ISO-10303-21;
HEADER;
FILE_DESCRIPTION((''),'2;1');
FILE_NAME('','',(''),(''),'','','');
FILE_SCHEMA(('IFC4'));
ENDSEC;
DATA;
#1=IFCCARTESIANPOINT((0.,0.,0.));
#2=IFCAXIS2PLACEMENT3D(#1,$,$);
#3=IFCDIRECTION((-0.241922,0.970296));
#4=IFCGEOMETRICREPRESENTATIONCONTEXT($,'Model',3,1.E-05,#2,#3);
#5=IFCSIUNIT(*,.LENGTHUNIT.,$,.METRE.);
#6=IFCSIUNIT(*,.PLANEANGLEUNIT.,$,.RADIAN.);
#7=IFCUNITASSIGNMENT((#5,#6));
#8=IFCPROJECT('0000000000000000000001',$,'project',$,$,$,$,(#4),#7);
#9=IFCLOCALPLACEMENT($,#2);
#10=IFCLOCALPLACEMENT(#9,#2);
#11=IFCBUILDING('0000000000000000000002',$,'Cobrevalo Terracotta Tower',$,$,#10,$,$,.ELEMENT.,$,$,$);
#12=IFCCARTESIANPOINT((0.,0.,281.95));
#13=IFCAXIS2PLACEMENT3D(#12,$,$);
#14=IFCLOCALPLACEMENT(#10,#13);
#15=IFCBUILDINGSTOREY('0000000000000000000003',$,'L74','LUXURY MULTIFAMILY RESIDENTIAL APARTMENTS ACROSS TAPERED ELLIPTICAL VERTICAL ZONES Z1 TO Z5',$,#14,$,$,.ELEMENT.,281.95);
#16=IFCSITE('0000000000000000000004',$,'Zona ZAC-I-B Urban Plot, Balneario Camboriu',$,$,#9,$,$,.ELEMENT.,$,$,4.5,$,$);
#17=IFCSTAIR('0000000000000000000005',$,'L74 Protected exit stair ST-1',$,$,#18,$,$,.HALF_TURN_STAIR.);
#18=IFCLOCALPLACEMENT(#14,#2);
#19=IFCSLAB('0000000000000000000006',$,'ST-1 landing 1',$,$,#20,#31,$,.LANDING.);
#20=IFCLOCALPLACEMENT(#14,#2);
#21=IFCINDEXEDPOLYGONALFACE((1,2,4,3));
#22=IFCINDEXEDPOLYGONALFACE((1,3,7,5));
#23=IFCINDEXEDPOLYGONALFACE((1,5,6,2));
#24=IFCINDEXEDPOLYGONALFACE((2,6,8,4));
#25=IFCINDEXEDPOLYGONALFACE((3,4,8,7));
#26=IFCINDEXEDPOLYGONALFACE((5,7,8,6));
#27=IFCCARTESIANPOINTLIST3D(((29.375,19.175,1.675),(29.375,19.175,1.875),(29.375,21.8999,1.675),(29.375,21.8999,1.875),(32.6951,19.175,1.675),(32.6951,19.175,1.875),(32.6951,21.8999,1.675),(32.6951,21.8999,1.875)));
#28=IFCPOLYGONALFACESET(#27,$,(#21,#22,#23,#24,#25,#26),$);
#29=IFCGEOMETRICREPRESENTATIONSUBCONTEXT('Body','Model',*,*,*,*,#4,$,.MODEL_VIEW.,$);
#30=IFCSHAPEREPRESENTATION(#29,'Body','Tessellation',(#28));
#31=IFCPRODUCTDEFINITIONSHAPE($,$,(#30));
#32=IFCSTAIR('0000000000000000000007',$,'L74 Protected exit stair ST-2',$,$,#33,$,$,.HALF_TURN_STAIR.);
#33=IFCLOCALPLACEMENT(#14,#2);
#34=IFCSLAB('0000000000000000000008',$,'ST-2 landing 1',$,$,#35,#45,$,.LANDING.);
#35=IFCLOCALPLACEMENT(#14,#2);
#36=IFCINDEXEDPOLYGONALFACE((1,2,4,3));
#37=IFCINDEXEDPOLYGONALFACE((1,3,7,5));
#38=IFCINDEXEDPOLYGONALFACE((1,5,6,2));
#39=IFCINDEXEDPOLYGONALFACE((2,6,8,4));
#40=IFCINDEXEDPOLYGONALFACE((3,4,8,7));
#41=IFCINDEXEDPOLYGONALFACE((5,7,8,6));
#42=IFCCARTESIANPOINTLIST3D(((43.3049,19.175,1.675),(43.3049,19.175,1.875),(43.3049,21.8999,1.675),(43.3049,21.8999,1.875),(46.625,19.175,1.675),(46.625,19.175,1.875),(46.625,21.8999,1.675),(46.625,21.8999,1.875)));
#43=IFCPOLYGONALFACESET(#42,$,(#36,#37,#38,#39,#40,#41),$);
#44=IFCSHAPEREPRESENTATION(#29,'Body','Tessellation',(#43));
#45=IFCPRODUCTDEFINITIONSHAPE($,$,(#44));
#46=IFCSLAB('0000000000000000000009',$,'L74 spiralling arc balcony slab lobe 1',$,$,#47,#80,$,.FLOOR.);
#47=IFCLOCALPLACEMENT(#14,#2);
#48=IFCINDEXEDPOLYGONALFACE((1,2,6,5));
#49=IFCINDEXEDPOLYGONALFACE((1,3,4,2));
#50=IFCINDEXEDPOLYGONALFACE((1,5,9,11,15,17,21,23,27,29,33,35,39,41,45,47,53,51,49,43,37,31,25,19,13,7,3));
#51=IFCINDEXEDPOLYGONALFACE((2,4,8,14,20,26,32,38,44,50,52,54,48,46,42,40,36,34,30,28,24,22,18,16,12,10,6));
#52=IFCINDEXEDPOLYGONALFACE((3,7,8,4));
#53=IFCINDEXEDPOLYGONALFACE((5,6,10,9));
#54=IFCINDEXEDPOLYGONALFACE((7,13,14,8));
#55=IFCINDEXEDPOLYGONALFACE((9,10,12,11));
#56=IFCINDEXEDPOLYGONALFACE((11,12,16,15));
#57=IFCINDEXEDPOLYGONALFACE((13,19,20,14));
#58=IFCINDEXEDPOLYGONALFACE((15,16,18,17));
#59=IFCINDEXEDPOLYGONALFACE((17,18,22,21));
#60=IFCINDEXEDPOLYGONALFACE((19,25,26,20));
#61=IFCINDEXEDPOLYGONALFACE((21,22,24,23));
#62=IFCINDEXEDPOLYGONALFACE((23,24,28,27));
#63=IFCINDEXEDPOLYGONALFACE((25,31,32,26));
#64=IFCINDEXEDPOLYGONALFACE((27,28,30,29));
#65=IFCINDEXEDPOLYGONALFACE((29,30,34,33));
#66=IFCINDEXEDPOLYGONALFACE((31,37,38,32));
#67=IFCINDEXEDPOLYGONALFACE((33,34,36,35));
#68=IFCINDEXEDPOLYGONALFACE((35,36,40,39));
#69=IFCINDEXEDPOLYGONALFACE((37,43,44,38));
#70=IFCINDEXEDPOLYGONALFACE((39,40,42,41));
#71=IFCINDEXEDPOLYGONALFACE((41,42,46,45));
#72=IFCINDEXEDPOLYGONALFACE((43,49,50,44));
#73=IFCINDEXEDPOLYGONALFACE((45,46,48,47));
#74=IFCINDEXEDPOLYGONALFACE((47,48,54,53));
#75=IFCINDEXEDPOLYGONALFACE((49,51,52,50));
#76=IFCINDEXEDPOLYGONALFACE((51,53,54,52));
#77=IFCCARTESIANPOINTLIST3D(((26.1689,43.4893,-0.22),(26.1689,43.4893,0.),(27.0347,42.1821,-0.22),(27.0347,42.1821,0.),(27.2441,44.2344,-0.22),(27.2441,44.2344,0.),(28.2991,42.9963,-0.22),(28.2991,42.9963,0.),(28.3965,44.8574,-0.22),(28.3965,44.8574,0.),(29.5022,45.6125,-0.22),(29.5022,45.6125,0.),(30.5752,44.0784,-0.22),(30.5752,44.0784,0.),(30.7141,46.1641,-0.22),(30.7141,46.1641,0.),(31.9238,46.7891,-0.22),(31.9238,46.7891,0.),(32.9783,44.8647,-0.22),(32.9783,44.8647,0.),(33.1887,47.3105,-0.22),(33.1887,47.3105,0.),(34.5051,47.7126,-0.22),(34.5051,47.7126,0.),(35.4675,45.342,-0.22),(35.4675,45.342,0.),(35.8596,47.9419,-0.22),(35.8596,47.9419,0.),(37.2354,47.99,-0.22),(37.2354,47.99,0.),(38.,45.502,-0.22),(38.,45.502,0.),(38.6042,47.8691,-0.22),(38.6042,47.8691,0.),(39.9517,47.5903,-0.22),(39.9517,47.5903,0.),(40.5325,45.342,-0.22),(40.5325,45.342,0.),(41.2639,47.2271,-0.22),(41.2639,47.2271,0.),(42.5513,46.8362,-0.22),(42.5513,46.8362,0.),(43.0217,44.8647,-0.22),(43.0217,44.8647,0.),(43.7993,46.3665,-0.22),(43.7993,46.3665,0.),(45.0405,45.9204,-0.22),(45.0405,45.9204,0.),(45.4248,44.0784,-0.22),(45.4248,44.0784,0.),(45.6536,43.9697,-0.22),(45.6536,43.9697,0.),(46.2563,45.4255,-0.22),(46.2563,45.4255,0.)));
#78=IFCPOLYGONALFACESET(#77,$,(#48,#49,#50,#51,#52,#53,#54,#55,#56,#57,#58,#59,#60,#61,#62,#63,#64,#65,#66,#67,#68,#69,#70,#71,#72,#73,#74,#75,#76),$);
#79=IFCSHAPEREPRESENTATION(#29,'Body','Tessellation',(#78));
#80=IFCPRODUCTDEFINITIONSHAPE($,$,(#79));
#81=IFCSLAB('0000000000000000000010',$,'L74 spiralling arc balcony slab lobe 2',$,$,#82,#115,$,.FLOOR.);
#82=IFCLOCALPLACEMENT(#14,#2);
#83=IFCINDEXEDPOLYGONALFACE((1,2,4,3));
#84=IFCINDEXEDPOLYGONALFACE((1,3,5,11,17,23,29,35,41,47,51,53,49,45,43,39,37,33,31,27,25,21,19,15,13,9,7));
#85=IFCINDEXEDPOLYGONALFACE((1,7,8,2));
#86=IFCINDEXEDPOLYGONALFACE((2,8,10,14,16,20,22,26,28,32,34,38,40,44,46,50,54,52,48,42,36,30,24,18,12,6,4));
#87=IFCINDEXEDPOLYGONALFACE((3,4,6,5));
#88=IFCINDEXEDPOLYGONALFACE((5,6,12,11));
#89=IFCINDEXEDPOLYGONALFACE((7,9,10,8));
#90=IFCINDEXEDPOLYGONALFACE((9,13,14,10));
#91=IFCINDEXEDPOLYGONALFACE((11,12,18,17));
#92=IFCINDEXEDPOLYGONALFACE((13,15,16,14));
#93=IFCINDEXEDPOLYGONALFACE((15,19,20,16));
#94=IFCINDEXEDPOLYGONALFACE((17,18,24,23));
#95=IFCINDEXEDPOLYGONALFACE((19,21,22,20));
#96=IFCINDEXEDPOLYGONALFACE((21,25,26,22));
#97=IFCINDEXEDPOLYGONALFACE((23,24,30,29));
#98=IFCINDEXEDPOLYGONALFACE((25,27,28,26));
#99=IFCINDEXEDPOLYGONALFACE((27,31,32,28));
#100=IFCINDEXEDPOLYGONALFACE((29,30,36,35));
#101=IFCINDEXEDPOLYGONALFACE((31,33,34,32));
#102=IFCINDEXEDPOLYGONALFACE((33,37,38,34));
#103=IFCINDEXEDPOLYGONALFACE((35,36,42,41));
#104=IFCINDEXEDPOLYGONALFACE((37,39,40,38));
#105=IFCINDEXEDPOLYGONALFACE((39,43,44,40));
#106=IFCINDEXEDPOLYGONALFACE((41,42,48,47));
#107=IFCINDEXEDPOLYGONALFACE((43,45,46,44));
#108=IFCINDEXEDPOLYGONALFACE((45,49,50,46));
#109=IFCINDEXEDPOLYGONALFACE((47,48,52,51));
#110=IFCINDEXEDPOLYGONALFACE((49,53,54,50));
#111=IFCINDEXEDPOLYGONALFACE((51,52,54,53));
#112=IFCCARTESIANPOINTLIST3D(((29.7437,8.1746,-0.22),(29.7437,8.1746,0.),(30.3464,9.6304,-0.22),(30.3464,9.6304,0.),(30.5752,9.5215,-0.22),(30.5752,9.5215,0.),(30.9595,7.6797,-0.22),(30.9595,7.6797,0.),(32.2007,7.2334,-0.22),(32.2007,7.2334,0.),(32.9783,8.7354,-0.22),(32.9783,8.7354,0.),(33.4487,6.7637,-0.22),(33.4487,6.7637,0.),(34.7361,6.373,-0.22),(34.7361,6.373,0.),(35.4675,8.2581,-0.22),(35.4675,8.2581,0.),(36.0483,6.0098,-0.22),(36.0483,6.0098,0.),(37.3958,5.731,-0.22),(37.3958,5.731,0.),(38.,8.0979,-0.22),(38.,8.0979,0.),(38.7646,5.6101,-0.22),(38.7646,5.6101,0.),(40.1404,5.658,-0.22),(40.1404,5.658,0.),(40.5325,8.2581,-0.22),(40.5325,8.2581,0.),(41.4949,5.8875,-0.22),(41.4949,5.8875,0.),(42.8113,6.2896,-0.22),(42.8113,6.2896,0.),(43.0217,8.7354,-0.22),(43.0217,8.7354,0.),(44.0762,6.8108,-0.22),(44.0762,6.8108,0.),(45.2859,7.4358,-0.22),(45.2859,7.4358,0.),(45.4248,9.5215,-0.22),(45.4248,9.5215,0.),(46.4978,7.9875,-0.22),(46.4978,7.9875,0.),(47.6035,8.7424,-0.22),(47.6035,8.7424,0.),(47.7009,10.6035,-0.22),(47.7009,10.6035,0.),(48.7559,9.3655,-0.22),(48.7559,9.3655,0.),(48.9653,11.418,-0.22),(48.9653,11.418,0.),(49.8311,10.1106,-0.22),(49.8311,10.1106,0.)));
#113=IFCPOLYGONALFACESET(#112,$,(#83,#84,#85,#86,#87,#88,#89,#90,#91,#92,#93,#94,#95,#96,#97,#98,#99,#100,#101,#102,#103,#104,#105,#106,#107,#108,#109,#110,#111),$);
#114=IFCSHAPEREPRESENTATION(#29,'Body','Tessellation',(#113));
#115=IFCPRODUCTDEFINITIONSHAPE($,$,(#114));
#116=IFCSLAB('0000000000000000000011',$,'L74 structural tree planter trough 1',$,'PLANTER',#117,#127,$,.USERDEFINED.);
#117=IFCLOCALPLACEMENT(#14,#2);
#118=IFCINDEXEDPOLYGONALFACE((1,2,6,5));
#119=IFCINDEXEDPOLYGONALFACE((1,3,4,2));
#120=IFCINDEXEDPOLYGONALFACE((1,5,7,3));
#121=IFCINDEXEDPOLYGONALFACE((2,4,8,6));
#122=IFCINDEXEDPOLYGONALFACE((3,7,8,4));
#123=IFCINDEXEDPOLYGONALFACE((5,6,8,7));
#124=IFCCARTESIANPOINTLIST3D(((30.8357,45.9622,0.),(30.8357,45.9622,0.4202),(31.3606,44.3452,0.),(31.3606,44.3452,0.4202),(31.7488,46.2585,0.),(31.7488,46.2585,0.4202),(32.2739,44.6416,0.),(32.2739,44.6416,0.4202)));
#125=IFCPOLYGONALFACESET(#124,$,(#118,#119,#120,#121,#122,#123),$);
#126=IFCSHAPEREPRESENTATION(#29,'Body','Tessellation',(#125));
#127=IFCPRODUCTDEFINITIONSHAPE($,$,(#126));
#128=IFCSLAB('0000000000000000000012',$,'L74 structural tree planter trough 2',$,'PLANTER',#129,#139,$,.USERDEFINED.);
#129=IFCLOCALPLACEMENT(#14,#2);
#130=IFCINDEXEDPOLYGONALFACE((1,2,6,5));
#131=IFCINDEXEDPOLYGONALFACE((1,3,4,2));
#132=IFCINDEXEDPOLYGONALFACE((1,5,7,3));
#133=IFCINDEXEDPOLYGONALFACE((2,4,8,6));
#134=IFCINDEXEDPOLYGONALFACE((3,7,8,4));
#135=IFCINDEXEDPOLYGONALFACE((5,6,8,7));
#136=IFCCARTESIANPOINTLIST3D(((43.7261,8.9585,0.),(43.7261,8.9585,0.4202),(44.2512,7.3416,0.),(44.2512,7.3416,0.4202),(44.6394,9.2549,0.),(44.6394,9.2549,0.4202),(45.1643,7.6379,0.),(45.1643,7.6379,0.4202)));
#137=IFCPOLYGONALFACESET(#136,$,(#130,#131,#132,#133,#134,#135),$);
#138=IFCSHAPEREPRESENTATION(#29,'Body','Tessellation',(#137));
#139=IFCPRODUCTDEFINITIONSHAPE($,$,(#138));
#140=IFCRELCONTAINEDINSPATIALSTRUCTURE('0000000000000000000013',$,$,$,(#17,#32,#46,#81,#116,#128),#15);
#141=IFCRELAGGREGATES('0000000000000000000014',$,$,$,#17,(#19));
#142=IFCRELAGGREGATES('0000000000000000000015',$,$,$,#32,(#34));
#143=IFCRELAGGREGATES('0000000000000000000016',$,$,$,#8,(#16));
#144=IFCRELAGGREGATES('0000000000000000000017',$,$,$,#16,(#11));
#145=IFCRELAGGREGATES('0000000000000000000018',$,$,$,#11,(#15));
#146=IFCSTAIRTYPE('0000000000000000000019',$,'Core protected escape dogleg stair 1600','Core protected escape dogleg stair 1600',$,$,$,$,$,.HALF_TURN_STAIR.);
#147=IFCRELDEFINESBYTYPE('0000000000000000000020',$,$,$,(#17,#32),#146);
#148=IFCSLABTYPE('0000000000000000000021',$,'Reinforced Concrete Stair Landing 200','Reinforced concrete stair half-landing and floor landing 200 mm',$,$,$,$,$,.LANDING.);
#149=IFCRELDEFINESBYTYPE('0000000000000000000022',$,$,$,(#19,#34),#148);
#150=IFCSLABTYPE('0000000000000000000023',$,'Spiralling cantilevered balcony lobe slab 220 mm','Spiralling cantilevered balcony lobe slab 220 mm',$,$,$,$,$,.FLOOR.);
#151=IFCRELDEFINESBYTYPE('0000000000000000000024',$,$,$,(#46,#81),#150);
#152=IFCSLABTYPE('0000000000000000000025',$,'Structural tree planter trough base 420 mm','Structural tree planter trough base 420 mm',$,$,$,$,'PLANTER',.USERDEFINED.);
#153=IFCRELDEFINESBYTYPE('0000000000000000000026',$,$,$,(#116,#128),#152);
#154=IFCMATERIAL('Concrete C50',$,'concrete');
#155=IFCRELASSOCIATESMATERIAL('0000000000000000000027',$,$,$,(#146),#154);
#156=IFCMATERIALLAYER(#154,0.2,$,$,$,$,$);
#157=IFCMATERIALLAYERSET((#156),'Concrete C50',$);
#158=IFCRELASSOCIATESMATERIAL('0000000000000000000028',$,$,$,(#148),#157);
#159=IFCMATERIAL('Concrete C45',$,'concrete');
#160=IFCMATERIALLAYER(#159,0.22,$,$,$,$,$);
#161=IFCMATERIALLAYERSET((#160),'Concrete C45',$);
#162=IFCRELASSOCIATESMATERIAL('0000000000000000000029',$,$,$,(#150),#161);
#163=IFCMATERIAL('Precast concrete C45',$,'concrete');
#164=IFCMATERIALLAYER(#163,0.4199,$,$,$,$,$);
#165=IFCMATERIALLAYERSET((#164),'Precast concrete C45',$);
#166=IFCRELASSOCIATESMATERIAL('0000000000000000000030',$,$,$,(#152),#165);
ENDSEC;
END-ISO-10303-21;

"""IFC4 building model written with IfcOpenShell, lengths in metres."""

from ifc_helpers import new_model, si_unit, direction, frame, origin, place, context, subcontext, project, spatial, polyline, outline, extrude, material, layer, layer_set, type_object, element, aggregate, save


model = new_model("IFC4")

# Units and contexts
model_context = context("Model", 3, precision=1e-05, world=origin(), true_north=direction((-0.241922, 0.970296)))
body_context = subcontext(model_context, "Body", "Model", "MODEL_VIEW")
ifc_project = project(units=[si_unit("LENGTHUNIT", "METRE"), si_unit("PLANEANGLEUNIT", "RADIAN")], contexts=[model_context])

# Site, building, storey
site_placement = place(None, origin())
site = spatial("IfcSite", under=ifc_project, at=site_placement, Name="Zona ZAC-I-B Urban Plot, Balneario Camboriu", CompositionType="ELEMENT", RefElevation=4.5)
building_placement = place(site_placement, origin())
building = spatial("IfcBuilding", under=site, at=building_placement, Name="Cobrevalo Terracotta Tower", CompositionType="ELEMENT")
storey_placement = place(building_placement, frame((0.0, 0.0, 281.95)))
storey = spatial("IfcBuildingStorey", under=building, at=storey_placement, Name="L74", Description="LUXURY MULTIFAMILY RESIDENTIAL APARTMENTS ACROSS TAPERED ELLIPTICAL VERTICAL ZONES Z1 TO Z5", CompositionType="ELEMENT", Elevation=281.95)

# Stairs, slabs
ifc_material_1 = material(Name="Concrete C50", Category="concrete")
stair_type = type_object("IfcStairType", Name="Core protected escape dogleg stair 1600", Description="Core protected escape dogleg stair 1600", PredefinedType="HALF_TURN_STAIR", material=ifc_material_1)
stair_1_placement = place(storey_placement, origin())
stair_1 = element("IfcStair", 1, at=stair_1_placement, inside=storey, type_object=stair_type, Name="L74 Protected exit stair ST-1", PredefinedType="HALF_TURN_STAIR")
ifc_layer_1 = layer(ifc_material_1, 0.2)
ifc_layer_set_1 = layer_set([ifc_layer_1], Name="Concrete C50")
slab_type_1 = type_object("IfcSlabType", Name="Reinforced Concrete Stair Landing 200", Description="Reinforced concrete stair half-landing and floor landing 200 mm", PredefinedType="LANDING", material=ifc_layer_set_1)
slab_1_placement = place(storey_placement, frame((0.0, 0.0, 1.675)))
slab_1 = element("IfcSlab", 2, at=slab_1_placement, type_object=slab_type_1, Name="ST-1 landing 1", PredefinedType="LANDING", context=body_context, shape_type="SweptSolid", body=[
    extrude(outline(polyline([(29.375, 21.8999), (29.375, 19.175), (32.6951, 19.175), (32.6951, 21.8999), (29.375, 21.8999)])), origin(), (0.0, 0.0, 1.0), 0.2),
])
aggregate(stair_1, [slab_1])
stair_2_placement = place(storey_placement, origin())
stair_2 = element("IfcStair", 3, at=stair_2_placement, inside=storey, type_object=stair_type, Name="L74 Protected exit stair ST-2", PredefinedType="HALF_TURN_STAIR")
slab_2_placement = place(storey_placement, frame((0.0, 0.0, 1.675)))
slab_2 = element("IfcSlab", 4, at=slab_2_placement, type_object=slab_type_1, Name="ST-2 landing 1", PredefinedType="LANDING", context=body_context, shape_type="SweptSolid", body=[
    extrude(outline(polyline([(43.3049, 21.8999), (43.3049, 19.175), (46.625, 19.175), (46.625, 21.8999), (43.3049, 21.8999)])), origin(), (0.0, 0.0, 1.0), 0.2),
])
aggregate(stair_2, [slab_2])

# Slabs
ifc_material_2 = material(Name="Concrete C45", Category="concrete")
ifc_layer_2 = layer(ifc_material_2, 0.22)
ifc_layer_set_2 = layer_set([ifc_layer_2], Name="Concrete C45")
slab_type_2 = type_object("IfcSlabType", Name="Spiralling cantilevered balcony lobe slab 220 mm", Description="Spiralling cantilevered balcony lobe slab 220 mm", PredefinedType="FLOOR", material=ifc_layer_set_2)
slab_3_placement = place(storey_placement, frame((0.0, 0.0, -0.22)))
element("IfcSlab", 5, at=slab_3_placement, inside=storey, type_object=slab_type_2, Name="L74 spiralling arc balcony slab lobe 1", PredefinedType="FLOOR", context=body_context, shape_type="SweptSolid", body=[
    extrude(outline(polyline([(46.2563, 45.4255), (45.0405, 45.9204), (43.7993, 46.3665), (42.5513, 46.8362), (41.2639, 47.2271), (39.9517, 47.5903), (38.6042, 47.8691), (37.2354, 47.99), (35.8596, 47.9419), (34.5051, 47.7126), (33.1887, 47.3105), (31.9238, 46.7891), (30.7141, 46.1641), (29.5022, 45.6125), (28.3965, 44.8574), (27.2441, 44.2344), (26.1689, 43.4893), (27.0347, 42.1821), (28.2991, 42.9963), (30.5752, 44.0784), (32.9783, 44.8647), (35.4675, 45.342), (38.0, 45.502), (40.5325, 45.342), (43.0217, 44.8647), (45.4248, 44.0784), (45.6536, 43.9697), (46.2563, 45.4255)])), origin(), (0.0, 0.0, 1.0), 0.22),
])
slab_4_placement = place(storey_placement, frame((0.0, 0.0, -0.22)))
element("IfcSlab", 6, at=slab_4_placement, inside=storey, type_object=slab_type_2, Name="L74 spiralling arc balcony slab lobe 2", PredefinedType="FLOOR", context=body_context, shape_type="SweptSolid", body=[
    extrude(outline(polyline([(29.7437, 8.1746), (30.9595, 7.6797), (32.2007, 7.2334), (33.4487, 6.7637), (34.7361, 6.373), (36.0483, 6.0098), (37.3958, 5.731), (38.7646, 5.6101), (40.1404, 5.658), (41.4949, 5.8875), (42.8113, 6.2896), (44.0762, 6.8108), (45.2859, 7.4358), (46.4978, 7.9875), (47.6035, 8.7424), (48.7559, 9.3655), (49.8311, 10.1106), (48.9653, 11.418), (47.7009, 10.6035), (45.4248, 9.5215), (43.0217, 8.7354), (40.5325, 8.2581), (38.0, 8.0979), (35.4675, 8.2581), (32.9783, 8.7354), (30.5752, 9.5215), (30.3464, 9.6304), (29.7437, 8.1746)])), origin(), (0.0, 0.0, 1.0), 0.22),
])
ifc_material_3 = material(Name="Precast concrete C45", Category="concrete")
ifc_layer_3 = layer(ifc_material_3, 0.4199)
ifc_layer_set_3 = layer_set([ifc_layer_3], Name="Precast concrete C45")
slab_type_3 = type_object("IfcSlabType", Name="Structural tree planter trough base 420 mm", Description="Structural tree planter trough base 420 mm", ElementType="PLANTER", PredefinedType="USERDEFINED", material=ifc_layer_set_3)
slab_5_placement = place(storey_placement, origin())
element("IfcSlab", 7, at=slab_5_placement, inside=storey, type_object=slab_type_3, Name="L74 structural tree planter trough 1", ObjectType="PLANTER", PredefinedType="USERDEFINED", context=body_context, shape_type="SweptSolid", body=[
    extrude(outline(polyline([(32.2739, 44.6416), (31.7488, 46.2585), (30.8357, 45.9622), (31.3606, 44.3452), (32.2739, 44.6416)])), origin(), (0.0, 0.0, 1.0), 0.4202),
])
slab_6_placement = place(storey_placement, origin())
element("IfcSlab", 8, at=slab_6_placement, inside=storey, type_object=slab_type_3, Name="L74 structural tree planter trough 2", ObjectType="PLANTER", PredefinedType="USERDEFINED", context=body_context, shape_type="SweptSolid", body=[
    extrude(outline(polyline([(43.7261, 8.9585), (44.2512, 7.3416), (45.1643, 7.6379), (44.6394, 9.2549), (43.7261, 8.9585)])), origin(), (0.0, 0.0, 1.0), 0.4202),
])

save(model, "model.ifc")
